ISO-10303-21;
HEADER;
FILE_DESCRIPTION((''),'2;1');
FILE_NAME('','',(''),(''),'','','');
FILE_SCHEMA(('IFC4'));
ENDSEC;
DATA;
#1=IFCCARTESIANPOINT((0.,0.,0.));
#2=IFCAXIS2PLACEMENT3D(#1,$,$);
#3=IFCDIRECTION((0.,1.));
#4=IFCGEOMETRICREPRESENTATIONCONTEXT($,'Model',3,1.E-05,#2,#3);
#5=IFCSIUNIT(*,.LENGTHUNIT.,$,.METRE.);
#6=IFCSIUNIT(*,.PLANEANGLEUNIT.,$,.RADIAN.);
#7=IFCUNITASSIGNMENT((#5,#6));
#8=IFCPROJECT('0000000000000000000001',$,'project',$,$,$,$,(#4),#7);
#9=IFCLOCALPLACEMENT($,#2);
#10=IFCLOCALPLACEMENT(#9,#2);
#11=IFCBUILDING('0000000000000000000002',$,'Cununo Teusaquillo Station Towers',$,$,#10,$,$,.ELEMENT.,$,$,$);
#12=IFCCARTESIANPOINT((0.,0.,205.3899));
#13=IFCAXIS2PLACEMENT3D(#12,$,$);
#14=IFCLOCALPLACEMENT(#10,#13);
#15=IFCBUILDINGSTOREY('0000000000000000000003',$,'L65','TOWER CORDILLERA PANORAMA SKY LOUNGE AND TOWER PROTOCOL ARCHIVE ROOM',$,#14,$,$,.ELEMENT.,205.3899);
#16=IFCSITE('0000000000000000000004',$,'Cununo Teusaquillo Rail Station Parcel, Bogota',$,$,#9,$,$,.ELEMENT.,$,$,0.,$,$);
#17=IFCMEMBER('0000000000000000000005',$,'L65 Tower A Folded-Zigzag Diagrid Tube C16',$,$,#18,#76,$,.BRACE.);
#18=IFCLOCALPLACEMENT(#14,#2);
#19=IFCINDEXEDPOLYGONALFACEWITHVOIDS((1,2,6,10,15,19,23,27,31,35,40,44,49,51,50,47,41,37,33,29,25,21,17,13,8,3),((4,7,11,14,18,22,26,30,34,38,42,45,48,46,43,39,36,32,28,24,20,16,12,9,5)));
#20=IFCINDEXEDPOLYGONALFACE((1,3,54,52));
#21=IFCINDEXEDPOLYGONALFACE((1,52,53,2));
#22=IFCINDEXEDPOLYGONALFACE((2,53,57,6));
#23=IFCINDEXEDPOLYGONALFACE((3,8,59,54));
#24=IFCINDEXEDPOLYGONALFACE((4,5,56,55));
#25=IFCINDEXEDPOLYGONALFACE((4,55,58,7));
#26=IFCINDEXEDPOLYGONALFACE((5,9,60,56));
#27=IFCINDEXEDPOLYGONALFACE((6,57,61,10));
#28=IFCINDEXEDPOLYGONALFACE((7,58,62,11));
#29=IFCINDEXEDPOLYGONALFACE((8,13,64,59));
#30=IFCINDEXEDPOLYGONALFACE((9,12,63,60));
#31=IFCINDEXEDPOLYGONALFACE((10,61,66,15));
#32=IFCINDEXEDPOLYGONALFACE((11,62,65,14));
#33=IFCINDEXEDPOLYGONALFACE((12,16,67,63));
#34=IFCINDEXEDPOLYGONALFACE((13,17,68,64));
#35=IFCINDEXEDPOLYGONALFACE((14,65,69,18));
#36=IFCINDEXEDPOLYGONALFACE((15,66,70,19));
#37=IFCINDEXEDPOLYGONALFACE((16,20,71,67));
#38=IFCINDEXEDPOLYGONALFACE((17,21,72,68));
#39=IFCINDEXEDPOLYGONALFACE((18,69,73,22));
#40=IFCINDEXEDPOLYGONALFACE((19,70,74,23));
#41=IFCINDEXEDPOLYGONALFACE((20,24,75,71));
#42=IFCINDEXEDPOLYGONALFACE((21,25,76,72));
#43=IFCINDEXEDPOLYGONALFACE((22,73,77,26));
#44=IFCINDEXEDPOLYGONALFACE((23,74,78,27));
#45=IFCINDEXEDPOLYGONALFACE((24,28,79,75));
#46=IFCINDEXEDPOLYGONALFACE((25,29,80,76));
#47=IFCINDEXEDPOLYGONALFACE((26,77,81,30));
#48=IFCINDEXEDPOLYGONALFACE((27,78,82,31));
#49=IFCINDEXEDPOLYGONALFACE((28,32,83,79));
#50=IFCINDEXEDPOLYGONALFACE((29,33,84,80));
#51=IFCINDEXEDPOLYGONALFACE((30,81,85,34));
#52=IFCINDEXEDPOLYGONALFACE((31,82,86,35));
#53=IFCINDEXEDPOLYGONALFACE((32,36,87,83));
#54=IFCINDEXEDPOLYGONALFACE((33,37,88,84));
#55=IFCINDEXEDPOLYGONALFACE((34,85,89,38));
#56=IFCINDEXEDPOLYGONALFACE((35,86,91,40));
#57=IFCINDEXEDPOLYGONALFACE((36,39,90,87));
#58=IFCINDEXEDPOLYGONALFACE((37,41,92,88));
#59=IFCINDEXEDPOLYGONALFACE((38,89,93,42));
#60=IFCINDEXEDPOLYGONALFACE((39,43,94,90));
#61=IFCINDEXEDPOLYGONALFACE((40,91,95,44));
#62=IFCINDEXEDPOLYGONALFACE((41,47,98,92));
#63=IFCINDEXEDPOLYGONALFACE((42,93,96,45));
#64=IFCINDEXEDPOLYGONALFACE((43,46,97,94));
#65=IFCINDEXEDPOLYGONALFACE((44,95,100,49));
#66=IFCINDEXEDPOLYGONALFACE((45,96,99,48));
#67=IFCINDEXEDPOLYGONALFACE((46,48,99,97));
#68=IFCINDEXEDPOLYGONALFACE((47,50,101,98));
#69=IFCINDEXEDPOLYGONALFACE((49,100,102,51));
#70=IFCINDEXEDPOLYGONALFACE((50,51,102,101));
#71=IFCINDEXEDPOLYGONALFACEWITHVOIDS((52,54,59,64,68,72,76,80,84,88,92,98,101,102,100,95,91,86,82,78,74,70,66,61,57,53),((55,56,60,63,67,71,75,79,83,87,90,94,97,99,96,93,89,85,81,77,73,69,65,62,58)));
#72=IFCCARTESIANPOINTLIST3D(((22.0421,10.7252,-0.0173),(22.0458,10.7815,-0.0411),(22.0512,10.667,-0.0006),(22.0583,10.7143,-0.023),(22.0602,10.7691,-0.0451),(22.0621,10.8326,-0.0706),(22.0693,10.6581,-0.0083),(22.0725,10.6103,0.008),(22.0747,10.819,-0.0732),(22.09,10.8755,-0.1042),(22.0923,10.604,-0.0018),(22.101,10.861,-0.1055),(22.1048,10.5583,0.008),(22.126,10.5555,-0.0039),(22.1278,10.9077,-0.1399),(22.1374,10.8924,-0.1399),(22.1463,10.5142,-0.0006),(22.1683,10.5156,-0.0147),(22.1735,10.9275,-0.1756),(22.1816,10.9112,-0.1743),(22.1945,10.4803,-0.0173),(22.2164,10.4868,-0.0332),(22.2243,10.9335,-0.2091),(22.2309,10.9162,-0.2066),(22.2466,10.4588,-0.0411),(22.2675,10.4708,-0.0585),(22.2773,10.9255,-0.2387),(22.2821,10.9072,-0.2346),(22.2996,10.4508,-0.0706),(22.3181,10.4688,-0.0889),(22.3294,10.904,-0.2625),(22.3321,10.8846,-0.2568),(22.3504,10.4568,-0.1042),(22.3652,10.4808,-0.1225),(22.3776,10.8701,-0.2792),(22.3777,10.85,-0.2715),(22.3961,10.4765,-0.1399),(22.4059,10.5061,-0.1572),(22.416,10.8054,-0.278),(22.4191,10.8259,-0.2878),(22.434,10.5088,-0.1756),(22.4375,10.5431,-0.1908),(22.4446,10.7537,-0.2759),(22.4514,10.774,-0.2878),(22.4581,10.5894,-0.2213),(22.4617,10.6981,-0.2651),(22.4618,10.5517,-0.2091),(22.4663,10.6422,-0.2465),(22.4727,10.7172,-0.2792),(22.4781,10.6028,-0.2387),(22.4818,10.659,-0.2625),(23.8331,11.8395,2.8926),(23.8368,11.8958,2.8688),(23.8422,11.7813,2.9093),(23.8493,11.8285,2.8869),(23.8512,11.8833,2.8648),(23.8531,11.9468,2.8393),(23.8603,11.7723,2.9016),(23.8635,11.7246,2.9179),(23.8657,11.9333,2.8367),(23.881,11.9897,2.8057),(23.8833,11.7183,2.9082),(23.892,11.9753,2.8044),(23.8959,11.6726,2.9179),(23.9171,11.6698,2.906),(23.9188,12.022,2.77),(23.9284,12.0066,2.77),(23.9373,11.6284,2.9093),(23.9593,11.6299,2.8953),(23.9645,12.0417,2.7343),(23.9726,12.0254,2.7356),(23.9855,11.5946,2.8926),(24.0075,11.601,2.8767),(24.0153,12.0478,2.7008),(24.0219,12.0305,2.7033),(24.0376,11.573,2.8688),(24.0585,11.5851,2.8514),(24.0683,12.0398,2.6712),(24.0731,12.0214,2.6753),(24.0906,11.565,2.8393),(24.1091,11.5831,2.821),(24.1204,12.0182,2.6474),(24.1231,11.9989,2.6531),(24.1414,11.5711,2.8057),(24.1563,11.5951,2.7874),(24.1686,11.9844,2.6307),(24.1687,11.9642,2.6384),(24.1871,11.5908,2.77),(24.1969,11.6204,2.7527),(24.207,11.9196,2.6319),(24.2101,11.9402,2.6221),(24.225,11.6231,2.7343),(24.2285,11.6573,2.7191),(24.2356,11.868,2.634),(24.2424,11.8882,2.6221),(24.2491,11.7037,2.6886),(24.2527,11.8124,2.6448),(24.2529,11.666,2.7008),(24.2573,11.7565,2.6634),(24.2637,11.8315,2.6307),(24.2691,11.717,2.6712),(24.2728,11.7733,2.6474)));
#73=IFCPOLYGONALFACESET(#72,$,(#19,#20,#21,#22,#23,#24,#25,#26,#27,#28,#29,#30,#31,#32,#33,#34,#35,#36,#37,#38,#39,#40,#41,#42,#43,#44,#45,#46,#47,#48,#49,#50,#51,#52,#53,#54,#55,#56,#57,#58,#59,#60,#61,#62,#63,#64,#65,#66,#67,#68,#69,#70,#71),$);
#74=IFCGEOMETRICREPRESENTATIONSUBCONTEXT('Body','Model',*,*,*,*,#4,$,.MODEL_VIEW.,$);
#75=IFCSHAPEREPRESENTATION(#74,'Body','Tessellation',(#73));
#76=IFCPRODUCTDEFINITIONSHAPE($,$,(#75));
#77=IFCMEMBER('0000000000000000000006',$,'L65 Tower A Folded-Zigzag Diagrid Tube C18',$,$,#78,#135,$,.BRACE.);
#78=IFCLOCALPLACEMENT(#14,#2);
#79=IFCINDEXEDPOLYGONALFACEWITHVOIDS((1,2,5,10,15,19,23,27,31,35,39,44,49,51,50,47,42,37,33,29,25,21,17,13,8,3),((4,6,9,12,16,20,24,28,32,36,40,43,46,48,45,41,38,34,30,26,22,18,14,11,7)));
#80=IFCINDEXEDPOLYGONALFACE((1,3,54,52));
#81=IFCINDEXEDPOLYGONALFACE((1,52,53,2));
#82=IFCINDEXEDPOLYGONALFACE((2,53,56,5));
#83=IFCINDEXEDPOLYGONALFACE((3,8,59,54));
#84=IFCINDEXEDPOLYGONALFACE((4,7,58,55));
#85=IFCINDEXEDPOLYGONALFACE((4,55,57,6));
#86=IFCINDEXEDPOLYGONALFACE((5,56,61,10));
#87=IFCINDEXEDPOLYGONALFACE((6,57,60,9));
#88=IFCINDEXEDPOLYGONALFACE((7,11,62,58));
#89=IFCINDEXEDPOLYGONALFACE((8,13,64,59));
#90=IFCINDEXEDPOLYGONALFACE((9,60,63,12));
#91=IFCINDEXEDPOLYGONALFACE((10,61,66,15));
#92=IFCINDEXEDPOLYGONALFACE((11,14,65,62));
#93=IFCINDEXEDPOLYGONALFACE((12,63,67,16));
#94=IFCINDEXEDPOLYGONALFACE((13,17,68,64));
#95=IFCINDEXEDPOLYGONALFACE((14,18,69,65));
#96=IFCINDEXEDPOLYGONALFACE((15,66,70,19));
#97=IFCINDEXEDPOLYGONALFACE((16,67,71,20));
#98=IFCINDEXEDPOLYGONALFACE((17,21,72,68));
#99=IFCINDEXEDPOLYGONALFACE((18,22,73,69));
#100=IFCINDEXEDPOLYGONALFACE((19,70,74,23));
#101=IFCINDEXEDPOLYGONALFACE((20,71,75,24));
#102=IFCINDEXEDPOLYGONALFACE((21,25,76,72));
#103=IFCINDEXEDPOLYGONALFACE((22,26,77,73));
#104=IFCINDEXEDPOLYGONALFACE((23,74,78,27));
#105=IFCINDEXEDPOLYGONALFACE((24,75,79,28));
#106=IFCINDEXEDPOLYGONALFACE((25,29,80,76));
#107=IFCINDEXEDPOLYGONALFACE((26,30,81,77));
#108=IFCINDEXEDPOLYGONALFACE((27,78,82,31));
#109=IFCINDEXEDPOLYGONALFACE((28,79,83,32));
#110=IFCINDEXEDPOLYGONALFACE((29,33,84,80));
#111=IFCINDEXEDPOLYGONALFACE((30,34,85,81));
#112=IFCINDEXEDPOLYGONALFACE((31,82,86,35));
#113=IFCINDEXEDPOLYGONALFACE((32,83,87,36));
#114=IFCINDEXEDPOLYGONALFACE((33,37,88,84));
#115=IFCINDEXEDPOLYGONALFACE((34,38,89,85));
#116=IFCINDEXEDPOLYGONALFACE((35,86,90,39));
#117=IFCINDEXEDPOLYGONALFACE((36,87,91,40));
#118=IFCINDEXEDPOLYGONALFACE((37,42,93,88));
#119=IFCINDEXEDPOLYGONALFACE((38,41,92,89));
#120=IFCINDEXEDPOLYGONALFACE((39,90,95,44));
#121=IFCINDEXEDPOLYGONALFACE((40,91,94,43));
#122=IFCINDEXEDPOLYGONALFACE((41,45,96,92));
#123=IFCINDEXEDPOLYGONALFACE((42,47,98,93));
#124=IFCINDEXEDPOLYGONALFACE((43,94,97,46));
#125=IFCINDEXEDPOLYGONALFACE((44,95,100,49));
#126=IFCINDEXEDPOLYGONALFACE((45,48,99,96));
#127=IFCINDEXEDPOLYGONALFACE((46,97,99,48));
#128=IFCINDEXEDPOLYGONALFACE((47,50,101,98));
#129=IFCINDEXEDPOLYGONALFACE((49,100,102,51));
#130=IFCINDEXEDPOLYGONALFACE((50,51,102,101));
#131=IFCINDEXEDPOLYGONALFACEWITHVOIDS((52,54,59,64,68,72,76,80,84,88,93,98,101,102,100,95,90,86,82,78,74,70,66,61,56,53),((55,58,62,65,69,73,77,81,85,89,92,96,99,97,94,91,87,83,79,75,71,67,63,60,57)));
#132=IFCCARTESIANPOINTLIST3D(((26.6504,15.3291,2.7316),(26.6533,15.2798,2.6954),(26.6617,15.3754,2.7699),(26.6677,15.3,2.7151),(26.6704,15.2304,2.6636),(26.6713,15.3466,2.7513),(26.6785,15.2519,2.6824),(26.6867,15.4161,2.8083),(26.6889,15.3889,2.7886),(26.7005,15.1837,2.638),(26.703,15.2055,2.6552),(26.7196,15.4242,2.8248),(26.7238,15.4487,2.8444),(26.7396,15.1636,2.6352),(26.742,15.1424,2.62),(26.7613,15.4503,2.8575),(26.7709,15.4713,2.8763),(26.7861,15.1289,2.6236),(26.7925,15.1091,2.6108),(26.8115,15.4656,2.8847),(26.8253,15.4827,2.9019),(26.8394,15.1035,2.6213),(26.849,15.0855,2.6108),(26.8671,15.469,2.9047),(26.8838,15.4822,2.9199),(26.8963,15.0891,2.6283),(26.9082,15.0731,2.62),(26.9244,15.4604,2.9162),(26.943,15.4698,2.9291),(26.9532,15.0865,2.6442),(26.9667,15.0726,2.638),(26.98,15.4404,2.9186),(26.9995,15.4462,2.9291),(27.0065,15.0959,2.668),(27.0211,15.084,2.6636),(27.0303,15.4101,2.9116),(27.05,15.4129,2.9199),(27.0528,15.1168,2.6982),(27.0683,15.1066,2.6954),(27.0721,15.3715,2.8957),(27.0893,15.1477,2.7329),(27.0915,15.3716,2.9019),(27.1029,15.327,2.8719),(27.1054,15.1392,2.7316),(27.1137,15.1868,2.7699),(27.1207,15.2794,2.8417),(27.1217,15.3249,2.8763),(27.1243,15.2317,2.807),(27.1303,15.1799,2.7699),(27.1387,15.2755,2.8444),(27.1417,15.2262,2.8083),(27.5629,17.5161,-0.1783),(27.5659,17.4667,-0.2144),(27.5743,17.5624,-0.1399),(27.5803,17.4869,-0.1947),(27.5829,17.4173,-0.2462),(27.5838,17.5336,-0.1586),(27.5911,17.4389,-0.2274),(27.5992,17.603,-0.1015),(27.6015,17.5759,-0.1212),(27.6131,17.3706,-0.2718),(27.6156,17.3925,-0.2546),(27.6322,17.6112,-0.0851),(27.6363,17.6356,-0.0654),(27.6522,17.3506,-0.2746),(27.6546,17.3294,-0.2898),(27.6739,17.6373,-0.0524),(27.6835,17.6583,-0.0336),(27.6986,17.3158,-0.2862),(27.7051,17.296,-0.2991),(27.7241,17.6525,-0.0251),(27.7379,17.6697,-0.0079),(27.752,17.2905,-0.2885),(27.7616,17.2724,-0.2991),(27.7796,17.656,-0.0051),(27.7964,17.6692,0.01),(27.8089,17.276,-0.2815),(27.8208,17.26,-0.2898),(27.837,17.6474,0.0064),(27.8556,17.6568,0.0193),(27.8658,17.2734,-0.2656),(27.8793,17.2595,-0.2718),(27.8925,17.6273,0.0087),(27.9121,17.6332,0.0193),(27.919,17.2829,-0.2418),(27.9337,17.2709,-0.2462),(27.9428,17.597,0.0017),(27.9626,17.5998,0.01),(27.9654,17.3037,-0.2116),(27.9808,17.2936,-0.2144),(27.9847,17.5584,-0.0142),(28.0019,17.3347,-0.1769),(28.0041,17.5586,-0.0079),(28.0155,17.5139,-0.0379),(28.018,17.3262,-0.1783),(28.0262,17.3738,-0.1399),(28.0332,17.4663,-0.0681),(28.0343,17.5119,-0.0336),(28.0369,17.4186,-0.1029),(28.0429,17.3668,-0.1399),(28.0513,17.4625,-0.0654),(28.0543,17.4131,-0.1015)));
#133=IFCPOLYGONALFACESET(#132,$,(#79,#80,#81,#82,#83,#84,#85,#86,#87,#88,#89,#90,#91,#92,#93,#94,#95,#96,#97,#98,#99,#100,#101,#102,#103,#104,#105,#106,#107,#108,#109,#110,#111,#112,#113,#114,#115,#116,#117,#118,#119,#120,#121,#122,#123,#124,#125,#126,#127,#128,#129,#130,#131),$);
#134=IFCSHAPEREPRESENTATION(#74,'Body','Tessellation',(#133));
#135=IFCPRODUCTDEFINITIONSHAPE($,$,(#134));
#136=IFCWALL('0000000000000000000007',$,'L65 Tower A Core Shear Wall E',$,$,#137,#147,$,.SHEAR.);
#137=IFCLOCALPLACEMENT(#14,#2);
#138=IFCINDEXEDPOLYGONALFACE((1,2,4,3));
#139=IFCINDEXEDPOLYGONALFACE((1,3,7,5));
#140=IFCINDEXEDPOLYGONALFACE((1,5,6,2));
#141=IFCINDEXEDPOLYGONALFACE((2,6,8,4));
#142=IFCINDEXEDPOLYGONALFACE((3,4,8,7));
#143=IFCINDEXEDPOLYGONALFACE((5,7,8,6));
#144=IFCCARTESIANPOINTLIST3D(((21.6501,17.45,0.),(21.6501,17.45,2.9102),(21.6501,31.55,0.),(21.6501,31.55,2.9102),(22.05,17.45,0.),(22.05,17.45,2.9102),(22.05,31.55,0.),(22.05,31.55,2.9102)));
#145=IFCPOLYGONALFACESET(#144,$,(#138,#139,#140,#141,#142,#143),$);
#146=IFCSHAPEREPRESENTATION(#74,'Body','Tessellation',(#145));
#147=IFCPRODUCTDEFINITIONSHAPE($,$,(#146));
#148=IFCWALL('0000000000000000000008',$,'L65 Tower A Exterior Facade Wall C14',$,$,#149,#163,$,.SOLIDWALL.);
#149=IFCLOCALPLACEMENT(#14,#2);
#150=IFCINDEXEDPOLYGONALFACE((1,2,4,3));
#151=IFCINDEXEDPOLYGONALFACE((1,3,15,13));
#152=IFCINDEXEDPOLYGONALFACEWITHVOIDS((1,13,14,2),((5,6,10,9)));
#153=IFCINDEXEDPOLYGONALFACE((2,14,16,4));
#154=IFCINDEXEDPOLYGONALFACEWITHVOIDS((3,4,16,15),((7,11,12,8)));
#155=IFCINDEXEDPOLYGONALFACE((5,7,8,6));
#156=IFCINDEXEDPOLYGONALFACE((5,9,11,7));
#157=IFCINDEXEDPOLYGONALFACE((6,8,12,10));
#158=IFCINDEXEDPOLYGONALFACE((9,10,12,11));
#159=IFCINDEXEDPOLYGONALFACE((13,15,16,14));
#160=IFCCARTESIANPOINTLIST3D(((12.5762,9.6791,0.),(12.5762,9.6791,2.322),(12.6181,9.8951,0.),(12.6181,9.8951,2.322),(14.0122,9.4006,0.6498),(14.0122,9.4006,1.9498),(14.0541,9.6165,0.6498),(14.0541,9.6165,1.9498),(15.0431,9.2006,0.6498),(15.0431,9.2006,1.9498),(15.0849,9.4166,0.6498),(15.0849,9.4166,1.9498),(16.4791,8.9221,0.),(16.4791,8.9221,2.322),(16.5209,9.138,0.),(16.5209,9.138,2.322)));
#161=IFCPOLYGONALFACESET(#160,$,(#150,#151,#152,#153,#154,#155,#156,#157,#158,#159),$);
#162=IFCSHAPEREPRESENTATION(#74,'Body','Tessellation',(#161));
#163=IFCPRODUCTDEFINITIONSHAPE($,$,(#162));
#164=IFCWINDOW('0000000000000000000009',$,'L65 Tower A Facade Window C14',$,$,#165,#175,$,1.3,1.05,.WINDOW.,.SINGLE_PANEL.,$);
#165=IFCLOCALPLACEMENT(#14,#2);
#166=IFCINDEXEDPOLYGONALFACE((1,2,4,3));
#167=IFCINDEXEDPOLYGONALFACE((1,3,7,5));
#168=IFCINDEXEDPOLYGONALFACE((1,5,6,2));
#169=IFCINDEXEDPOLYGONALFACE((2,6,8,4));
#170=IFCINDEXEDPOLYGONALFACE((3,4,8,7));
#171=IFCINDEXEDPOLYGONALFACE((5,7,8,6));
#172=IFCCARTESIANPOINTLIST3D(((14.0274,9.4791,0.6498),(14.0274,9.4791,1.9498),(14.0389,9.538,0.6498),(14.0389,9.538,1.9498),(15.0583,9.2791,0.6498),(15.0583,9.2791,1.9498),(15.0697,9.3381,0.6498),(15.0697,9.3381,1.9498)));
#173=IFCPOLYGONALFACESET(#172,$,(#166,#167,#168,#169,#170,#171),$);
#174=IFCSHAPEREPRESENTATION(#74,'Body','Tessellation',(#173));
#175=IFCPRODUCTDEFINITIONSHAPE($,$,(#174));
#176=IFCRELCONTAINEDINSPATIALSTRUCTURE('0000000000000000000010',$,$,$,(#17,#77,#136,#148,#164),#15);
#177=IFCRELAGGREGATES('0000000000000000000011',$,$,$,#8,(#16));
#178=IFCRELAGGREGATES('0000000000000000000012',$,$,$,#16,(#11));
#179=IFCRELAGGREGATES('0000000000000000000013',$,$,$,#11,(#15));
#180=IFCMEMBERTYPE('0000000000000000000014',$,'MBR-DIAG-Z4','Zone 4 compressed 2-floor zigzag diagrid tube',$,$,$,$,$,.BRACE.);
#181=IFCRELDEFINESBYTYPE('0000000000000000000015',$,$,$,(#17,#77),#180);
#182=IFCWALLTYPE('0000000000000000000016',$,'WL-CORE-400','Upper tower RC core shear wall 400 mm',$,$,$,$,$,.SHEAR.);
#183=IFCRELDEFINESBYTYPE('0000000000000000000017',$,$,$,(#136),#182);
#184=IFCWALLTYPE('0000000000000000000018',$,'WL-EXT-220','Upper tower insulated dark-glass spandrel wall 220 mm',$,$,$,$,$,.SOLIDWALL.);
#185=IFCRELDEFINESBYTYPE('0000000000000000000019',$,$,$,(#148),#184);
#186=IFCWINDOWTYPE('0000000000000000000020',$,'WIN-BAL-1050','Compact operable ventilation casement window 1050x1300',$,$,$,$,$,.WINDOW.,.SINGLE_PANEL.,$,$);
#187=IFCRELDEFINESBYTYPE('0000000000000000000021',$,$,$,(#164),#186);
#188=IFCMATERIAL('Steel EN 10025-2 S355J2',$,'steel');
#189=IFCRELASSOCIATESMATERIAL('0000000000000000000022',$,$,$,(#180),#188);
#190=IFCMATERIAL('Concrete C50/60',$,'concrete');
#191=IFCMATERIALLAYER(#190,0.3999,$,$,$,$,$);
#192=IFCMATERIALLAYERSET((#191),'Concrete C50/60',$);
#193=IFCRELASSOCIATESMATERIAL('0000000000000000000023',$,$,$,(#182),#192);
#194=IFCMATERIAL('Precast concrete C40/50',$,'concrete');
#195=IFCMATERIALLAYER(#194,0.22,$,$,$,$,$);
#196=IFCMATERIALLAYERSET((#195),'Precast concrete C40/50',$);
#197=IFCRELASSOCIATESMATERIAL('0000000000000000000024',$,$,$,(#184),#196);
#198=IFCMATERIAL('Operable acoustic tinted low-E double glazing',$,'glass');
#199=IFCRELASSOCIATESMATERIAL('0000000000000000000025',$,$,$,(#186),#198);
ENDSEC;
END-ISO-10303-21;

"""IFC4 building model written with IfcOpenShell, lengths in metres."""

from ifc_helpers import new_model, si_unit, direction, frame, frame_2d, origin, origin_2d, place, context, subcontext, project, spatial, rectangle, hollow_circle, extrude, source, transform, mapped, material, layer, layer_set, material_profile, profile_set, type_object, element, fill, save


model = new_model("IFC4")

# Units and contexts
model_context = context("Model", 3, precision=1e-05, world=origin(), true_north=direction((0.0, 1.0)))
body_context = subcontext(model_context, "Body", "Model", "MODEL_VIEW")
ifc_project = project(units=[si_unit("LENGTHUNIT", "METRE"), si_unit("PLANEANGLEUNIT", "RADIAN")], contexts=[model_context])

# Site, building, storey
site_placement = place(None, origin())
site = spatial("IfcSite", under=ifc_project, at=site_placement, Name="Cununo Teusaquillo Rail Station Parcel, Bogota", CompositionType="ELEMENT", RefElevation=0.0)
building_placement = place(site_placement, origin())
building = spatial("IfcBuilding", under=site, at=building_placement, Name="Cununo Teusaquillo Station Towers", CompositionType="ELEMENT")
storey_placement = place(building_placement, frame((0.0, 0.0, 205.3899)))
storey = spatial("IfcBuildingStorey", under=building, at=storey_placement, Name="L65", Description="TOWER CORDILLERA PANORAMA SKY LOUNGE AND TOWER PROTOCOL ARCHIVE ROOM", CompositionType="ELEMENT", Elevation=205.3899)

# Members
ifc_material_1 = material(Name="Steel EN 10025-2 S355J2", Category="steel")
ifc_material_profile_1 = material_profile(ifc_material_1, hollow_circle(Radius=0.2539, WallThickness=0.0181, at=origin_2d()), Name="CHS 508x18")
ifc_profile_set_1 = profile_set([ifc_material_profile_1], Name="Steel EN 10025-2 S355J2")
member_type = type_object("IfcMemberType", Name="MBR-DIAG-Z4", Description="Zone 4 compressed 2-floor zigzag diagrid tube", PredefinedType="BRACE", material=ifc_profile_set_1)
member_1_placement = place(storey_placement, frame((22.262, 10.6921, -0.1399), z_axis=(0.498334, 0.310032, 0.809656), x_axis=(-0.52825, 0.849089, 0.0)))
element("IfcMember", 1, at=member_1_placement, inside=storey, type_object=member_type, Name="L65 Tower A Folded-Zigzag Diagrid Tube C16", PredefinedType="BRACE", context=body_context, shape_type="SweptSolid", body=[
    extrude(hollow_circle(Radius=0.2539, WallThickness=0.0181, at=origin_2d()), origin(), (0.0, 0.0, 1.0), 3.594),
])
member_2_placement = place(storey_placement, frame((27.8086, 17.4646, -0.1399), z_axis=(-0.243178, -0.582769, 0.775399), x_axis=(0.922876, -0.385098, 0.0)))
element("IfcMember", 2, at=member_2_placement, inside=storey, type_object=member_type, Name="L65 Tower A Folded-Zigzag Diagrid Tube C18", PredefinedType="BRACE", context=body_context, shape_type="SweptSolid", body=[
    extrude(hollow_circle(Radius=0.2539, WallThickness=0.0181, at=origin_2d()), origin(), (0.0, 0.0, 1.0), 3.7527),
])

# Wall
ifc_material_2 = material(Name="Concrete C50/60", Category="concrete")
ifc_layer_1 = layer(ifc_material_2, 0.3999)
ifc_layer_set_1 = layer_set([ifc_layer_1], Name="Concrete C50/60")
wall_type_1 = type_object("IfcWallType", Name="WL-CORE-400", Description="Upper tower RC core shear wall 400 mm", PredefinedType="SHEAR", material=ifc_layer_set_1)
wall_1_placement = place(storey_placement, frame((21.8501, 17.45, 0.0), z_axis=(0.0, 0.0, 1.0), x_axis=(0.0, 1.0, 0.0)))
element("IfcWall", 3, at=wall_1_placement, inside=storey, type_object=wall_type_1, Name="L65 Tower A Core Shear Wall E", PredefinedType="SHEAR", context=body_context, shape_type="SweptSolid", body=[
    extrude(rectangle(XDim=14.1001, YDim=0.3999, at=frame_2d((7.05, 0.0))), origin(), (0.0, 0.0, 1.0), 2.9102),
])

# Wall, opening, window
ifc_material_3 = material(Name="Precast concrete C40/50", Category="concrete")
ifc_layer_2 = layer(ifc_material_3, 0.22)
ifc_layer_set_2 = layer_set([ifc_layer_2], Name="Precast concrete C40/50")
wall_type_2 = type_object("IfcWallType", Name="WL-EXT-220", Description="Upper tower insulated dark-glass spandrel wall 220 mm", PredefinedType="SOLIDWALL", material=ifc_layer_set_2)
wall_2_placement = place(storey_placement, frame((16.5, 9.03, 0.0), z_axis=(0.0, 0.0, 1.0), x_axis=(-0.9817, 0.190432, 0.0)))
wall_2 = element("IfcWall", 4, at=wall_2_placement, inside=storey, type_object=wall_type_2, Name="L65 Tower A Exterior Facade Wall C14", PredefinedType="SOLIDWALL", context=body_context, shape_type="SweptSolid", body=[
    extrude(rectangle(XDim=3.9756, YDim=0.22, at=frame_2d((1.9878, 0.0))), origin(), (0.0, 0.0, 1.0), 2.322),
])
shared_shape_1 = source(origin(), body_context, "Body", "SweptSolid", [
    extrude(rectangle(XDim=1.05, YDim=1.3, at=frame_2d((0.5249, 0.6499))), frame((0.0, 0.1199, 0.0), z_axis=(0.0, -1.0, 0.0), x_axis=(1.0, 0.0, 0.0)), (0.0, 0.0, 1.0), 0.24),
])
opening_1_placement = place(wall_2_placement, frame((1.4629, 0.0, 0.6499)))
opening_1 = element("IfcOpeningElement", 5, at=opening_1_placement, cuts=wall_2, PredefinedType="OPENING", context=body_context, shape_type="MappedRepresentation", body=[
    mapped(shared_shape_1, transform((0.0, 0.0, 0.0), x_axis=(1.0, 0.0, 0.0), y_axis=(0.0, 1.0, 0.0), z_axis=(0.0, 0.0, 1.0), scale=1.0)),
])
ifc_material_4 = material(Name="Operable acoustic tinted low-E double glazing", Category="glass")
window_type = type_object("IfcWindowType", Name="WIN-BAL-1050", Description="Compact operable ventilation casement window 1050x1300", PartitioningType="SINGLE_PANEL", PredefinedType="WINDOW", material=ifc_material_4)
shared_shape_2 = source(origin(), body_context, "Body", "SweptSolid", [
    extrude(rectangle(XDim=1.05, YDim=1.3, at=frame_2d((0.5249, 0.6499))), frame((0.0, 0.03, 0.0), z_axis=(0.0, -1.0, 0.0), x_axis=(1.0, 0.0, 0.0)), (0.0, 0.0, 1.0), 0.0601),
])
window_1_placement = place(opening_1_placement, origin())
window_1 = element("IfcWindow", 6, at=window_1_placement, inside=storey, type_object=window_type, Name="L65 Tower A Facade Window C14", OverallHeight=1.3, OverallWidth=1.05, PartitioningType="SINGLE_PANEL", PredefinedType="WINDOW", context=body_context, shape_type="MappedRepresentation", body=[
    mapped(shared_shape_2, transform((0.0, 0.0, 0.0), x_axis=(1.0, 0.0, 0.0), y_axis=(0.0, 1.0, 0.0), z_axis=(0.0, 0.0, 1.0), scale=1.0)),
])
fill(opening_1, window_1)

save(model, "model.ifc")
